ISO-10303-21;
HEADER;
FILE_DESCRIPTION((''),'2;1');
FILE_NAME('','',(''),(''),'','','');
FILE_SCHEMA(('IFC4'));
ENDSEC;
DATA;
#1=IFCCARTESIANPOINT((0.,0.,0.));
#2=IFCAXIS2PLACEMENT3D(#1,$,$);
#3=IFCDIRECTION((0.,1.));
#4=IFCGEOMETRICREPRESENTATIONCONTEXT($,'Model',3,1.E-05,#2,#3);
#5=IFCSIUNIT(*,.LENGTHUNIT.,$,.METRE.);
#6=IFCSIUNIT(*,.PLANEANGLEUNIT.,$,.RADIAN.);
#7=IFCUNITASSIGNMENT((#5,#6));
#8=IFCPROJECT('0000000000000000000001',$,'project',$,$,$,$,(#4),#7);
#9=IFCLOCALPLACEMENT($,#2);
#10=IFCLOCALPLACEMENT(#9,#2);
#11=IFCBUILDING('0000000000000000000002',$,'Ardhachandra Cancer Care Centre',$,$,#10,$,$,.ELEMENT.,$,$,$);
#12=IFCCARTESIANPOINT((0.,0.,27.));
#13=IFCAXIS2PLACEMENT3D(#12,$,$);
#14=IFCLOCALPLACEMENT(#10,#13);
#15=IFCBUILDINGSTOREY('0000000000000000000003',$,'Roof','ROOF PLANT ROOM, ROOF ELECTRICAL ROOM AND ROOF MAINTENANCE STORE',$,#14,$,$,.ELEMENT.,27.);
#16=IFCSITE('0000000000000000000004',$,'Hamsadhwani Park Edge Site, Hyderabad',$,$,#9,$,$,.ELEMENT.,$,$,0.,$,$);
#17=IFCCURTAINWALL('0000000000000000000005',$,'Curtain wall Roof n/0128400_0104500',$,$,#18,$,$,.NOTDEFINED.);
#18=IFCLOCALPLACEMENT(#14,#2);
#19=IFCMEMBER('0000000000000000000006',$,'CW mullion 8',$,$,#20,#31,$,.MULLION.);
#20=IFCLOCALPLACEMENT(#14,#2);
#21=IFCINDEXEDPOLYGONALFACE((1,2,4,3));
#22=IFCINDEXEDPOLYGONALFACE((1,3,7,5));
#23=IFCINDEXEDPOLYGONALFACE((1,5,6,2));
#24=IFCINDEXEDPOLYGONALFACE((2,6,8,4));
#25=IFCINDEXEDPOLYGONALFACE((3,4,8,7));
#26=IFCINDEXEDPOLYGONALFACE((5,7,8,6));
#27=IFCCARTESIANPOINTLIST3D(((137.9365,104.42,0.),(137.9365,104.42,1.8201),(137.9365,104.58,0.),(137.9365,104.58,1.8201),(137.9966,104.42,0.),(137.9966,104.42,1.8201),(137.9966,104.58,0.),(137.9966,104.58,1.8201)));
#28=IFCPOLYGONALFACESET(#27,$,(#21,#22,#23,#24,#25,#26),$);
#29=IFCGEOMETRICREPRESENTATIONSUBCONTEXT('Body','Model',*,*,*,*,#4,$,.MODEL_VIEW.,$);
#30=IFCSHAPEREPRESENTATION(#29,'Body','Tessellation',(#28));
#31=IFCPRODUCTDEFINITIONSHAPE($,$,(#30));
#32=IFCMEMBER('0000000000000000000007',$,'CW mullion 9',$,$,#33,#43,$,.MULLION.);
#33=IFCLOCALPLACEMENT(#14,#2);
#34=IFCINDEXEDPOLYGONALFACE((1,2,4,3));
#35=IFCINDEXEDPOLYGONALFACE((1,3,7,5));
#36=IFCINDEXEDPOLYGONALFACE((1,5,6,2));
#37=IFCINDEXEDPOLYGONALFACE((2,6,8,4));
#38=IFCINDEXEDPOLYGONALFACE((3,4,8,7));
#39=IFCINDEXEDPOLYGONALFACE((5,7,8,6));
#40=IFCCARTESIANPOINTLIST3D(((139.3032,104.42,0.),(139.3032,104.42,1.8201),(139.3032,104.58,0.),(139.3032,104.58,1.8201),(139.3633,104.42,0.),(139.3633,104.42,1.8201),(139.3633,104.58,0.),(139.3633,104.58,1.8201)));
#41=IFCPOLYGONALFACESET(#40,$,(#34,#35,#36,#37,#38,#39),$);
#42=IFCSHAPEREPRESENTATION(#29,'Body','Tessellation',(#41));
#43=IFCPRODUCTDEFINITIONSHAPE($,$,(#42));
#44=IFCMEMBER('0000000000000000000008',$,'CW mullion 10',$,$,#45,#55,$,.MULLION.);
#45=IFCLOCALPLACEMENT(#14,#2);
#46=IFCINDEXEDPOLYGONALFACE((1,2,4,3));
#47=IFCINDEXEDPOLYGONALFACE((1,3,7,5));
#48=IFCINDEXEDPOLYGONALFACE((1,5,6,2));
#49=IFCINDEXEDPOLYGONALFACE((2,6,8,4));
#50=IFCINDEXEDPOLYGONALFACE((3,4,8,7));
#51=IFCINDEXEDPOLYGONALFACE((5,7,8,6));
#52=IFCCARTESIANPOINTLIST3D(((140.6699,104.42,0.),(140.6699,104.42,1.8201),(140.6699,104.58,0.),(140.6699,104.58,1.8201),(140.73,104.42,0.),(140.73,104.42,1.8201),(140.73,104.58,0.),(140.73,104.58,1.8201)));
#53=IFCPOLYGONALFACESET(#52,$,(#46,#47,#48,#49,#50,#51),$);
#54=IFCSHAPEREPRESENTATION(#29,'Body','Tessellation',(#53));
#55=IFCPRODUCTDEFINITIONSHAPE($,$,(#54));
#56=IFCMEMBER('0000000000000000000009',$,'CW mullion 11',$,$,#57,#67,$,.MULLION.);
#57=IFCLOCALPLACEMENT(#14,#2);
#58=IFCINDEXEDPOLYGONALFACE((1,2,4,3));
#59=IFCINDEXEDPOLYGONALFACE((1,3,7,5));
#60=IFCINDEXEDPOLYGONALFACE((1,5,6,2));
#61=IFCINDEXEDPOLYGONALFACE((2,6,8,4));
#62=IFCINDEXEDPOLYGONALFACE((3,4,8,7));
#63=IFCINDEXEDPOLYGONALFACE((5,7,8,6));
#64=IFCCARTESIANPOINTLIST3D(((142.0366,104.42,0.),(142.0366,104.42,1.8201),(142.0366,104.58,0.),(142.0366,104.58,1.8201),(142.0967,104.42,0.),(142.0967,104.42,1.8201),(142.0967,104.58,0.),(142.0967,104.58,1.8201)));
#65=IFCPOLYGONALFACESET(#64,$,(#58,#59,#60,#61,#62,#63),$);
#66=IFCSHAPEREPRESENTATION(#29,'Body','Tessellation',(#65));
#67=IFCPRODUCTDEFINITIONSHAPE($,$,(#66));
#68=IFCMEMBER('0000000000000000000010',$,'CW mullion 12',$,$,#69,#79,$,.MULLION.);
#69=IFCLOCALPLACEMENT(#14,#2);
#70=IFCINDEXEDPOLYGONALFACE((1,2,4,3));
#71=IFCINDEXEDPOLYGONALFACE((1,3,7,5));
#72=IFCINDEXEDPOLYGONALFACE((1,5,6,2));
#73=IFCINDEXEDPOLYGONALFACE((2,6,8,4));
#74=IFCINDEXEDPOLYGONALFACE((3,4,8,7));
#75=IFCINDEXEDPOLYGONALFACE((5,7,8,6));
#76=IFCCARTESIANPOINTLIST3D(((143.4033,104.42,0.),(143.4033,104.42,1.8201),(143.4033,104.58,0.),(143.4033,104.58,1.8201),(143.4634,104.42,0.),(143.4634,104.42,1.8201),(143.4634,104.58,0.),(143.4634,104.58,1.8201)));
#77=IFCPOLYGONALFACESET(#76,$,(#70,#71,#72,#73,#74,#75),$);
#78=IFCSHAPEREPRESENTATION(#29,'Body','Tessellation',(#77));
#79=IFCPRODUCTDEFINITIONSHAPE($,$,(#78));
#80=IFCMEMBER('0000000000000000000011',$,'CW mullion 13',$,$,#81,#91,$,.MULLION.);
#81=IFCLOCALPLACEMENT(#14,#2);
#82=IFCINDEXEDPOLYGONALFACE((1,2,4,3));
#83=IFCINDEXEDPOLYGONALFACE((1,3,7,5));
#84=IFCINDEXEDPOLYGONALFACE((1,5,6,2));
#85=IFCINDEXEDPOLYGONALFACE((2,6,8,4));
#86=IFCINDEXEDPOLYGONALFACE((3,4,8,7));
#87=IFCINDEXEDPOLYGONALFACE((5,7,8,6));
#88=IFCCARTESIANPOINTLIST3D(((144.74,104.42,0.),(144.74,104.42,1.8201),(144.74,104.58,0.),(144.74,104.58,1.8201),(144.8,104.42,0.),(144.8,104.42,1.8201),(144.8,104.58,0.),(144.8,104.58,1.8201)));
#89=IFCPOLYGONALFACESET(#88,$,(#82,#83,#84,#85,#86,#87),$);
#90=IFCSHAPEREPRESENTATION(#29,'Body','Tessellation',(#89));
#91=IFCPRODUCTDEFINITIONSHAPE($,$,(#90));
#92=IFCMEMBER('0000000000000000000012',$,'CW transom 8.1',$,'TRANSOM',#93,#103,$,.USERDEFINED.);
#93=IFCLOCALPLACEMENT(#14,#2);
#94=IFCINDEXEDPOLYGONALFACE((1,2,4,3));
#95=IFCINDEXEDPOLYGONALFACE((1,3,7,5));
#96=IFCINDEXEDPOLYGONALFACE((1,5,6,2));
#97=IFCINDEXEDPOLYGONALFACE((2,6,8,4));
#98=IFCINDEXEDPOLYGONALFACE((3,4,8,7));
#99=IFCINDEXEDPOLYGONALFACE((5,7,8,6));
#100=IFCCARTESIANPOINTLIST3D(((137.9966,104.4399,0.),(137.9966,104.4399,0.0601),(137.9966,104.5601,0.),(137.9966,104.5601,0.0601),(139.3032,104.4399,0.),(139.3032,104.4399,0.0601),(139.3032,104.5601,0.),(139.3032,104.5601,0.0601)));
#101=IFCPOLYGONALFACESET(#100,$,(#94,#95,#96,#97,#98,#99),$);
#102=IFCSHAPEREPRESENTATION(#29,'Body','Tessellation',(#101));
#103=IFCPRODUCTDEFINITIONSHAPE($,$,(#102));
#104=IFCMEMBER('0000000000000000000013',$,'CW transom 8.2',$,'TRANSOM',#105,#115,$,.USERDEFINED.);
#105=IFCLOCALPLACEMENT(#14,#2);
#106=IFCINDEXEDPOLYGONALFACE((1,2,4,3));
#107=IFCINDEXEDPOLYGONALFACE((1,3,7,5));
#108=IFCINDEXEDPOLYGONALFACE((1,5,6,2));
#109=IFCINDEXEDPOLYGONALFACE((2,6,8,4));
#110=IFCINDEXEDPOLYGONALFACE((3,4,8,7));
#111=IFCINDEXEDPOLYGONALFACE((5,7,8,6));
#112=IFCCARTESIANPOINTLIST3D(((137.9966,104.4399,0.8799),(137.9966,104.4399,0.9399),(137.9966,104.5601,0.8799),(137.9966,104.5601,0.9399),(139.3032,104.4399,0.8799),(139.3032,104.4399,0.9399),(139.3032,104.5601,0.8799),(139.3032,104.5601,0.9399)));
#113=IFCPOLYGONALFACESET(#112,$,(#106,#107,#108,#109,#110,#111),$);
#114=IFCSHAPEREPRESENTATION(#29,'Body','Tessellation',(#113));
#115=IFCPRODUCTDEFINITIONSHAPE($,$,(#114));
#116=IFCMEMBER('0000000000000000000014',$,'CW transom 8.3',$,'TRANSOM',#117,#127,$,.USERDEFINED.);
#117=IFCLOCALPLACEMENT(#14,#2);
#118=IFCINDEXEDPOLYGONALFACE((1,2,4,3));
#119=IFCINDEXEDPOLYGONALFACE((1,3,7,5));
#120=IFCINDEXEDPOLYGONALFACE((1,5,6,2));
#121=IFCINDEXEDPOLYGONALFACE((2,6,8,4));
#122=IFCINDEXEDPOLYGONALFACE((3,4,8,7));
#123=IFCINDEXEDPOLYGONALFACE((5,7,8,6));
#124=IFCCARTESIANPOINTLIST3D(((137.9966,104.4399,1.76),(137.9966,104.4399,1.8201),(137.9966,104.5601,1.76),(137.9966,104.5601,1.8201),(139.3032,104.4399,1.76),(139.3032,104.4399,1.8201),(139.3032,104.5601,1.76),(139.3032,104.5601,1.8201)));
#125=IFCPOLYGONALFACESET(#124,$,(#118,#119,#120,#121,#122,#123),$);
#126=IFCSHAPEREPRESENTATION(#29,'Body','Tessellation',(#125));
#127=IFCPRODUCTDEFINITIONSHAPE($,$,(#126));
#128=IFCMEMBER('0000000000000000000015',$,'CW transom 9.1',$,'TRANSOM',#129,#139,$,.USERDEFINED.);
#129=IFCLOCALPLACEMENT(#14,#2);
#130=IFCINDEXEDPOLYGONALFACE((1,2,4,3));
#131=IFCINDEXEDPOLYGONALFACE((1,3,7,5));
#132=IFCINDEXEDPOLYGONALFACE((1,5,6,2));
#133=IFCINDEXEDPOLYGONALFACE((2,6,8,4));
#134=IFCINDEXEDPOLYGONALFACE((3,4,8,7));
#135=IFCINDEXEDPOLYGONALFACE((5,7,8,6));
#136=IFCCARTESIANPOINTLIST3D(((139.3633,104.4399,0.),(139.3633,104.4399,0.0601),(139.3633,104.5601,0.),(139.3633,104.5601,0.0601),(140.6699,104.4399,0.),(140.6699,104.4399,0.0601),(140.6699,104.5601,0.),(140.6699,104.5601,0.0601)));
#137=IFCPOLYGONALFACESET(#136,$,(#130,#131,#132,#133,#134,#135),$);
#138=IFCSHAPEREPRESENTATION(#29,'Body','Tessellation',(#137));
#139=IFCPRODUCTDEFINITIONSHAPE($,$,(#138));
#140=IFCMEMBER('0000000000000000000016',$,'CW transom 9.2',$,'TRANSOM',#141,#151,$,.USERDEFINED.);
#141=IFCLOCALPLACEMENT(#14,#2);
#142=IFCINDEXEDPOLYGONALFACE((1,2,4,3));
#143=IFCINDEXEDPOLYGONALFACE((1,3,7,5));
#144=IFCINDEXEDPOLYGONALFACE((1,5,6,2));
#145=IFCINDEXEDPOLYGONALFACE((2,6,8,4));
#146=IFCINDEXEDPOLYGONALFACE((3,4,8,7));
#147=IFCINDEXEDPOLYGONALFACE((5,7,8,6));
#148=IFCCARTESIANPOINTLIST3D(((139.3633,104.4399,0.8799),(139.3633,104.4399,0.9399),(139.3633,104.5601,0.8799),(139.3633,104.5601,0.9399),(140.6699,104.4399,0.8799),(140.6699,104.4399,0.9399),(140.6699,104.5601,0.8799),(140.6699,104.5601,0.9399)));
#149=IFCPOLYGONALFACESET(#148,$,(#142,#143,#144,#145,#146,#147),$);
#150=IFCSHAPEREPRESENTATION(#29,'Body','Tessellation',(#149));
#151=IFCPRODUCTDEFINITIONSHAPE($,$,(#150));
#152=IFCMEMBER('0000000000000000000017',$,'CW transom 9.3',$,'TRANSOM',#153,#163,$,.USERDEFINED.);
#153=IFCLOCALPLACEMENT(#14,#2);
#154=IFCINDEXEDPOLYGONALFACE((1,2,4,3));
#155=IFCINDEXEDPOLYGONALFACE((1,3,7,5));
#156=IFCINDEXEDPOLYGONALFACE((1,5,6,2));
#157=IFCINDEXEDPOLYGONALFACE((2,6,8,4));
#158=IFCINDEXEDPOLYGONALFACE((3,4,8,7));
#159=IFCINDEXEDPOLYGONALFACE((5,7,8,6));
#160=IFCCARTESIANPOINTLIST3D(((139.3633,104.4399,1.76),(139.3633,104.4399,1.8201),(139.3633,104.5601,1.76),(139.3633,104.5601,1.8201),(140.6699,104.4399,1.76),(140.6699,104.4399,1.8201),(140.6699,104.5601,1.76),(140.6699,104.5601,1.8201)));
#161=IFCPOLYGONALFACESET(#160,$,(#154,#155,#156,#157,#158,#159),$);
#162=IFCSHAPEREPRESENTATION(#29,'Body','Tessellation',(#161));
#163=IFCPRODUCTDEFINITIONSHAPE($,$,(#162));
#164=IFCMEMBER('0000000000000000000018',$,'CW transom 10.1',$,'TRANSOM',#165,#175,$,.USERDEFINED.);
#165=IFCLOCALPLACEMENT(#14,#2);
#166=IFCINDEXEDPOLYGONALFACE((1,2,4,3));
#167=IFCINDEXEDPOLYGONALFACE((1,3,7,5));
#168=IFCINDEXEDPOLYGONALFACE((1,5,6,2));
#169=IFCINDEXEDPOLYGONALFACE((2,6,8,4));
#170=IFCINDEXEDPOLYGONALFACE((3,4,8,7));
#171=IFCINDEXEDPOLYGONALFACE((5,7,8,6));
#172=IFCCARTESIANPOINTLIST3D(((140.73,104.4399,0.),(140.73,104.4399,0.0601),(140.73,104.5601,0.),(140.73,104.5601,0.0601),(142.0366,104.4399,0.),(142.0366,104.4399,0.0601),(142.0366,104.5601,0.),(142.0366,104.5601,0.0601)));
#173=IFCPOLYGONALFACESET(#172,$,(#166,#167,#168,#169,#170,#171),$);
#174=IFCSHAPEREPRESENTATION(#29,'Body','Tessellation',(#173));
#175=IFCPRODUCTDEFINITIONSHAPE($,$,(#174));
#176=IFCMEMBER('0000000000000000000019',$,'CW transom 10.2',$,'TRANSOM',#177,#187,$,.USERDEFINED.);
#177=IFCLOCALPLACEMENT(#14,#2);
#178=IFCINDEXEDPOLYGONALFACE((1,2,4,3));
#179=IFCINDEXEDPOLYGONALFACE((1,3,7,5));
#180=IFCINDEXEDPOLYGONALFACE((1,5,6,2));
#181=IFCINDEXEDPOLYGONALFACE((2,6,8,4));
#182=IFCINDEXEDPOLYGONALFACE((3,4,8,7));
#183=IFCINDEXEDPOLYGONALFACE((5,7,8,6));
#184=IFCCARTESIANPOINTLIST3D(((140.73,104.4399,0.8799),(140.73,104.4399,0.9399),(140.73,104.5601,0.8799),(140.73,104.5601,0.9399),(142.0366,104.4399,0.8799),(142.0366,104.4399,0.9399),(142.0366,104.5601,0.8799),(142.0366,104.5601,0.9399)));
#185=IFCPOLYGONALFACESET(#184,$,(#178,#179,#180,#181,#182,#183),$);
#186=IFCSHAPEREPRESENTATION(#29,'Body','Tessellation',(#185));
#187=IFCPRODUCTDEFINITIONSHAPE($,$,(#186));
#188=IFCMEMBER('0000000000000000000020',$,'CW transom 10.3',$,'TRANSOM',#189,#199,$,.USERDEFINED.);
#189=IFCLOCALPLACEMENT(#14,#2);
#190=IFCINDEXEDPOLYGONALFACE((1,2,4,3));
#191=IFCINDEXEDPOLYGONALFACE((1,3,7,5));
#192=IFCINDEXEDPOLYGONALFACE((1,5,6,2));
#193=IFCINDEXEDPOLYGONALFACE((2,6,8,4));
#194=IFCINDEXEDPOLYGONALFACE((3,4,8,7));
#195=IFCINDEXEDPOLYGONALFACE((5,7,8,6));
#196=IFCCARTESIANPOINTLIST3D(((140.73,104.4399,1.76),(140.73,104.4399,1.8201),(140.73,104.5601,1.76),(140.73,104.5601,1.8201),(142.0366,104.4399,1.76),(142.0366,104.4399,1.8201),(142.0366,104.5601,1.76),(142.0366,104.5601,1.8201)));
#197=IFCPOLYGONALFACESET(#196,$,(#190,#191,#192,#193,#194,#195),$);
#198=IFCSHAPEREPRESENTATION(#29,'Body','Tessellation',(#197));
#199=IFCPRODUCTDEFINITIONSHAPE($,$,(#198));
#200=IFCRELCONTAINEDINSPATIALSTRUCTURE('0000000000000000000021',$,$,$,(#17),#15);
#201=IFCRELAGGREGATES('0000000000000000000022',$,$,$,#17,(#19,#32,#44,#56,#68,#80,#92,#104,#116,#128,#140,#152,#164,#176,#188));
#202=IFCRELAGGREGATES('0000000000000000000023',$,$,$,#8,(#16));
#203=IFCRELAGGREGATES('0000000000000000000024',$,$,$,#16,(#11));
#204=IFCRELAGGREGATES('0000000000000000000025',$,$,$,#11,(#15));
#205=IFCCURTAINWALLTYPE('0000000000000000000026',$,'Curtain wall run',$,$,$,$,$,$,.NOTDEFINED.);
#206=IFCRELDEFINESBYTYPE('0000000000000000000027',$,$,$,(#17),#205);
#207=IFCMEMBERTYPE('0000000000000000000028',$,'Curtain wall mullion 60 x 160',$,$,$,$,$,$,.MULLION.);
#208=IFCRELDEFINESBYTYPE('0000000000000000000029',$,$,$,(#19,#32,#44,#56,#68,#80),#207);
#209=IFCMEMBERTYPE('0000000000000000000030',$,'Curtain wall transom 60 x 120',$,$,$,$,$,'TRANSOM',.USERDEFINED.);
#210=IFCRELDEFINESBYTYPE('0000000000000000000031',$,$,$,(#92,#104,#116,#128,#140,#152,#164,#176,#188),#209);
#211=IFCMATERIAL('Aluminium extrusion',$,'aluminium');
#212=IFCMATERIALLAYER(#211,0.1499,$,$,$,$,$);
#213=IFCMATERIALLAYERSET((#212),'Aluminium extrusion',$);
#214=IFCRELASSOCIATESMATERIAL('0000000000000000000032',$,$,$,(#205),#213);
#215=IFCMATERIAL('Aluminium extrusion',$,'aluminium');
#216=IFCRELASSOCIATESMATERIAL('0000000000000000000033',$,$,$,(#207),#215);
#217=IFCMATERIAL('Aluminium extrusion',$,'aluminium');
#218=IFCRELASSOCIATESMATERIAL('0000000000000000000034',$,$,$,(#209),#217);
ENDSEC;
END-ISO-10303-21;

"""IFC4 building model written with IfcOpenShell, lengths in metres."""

from ifc_helpers import new_model, si_unit, direction, frame, origin, origin_2d, place, context, subcontext, project, spatial, rectangle, extrude, material, layer, layer_set, material_profile, profile_set, type_object, element, aggregate, save


model = new_model("IFC4")

# Units and contexts
model_context = context("Model", 3, precision=1e-05, world=origin(), true_north=direction((0.0, 1.0)))
body_context = subcontext(model_context, "Body", "Model", "MODEL_VIEW")
ifc_project = project(units=[si_unit("LENGTHUNIT", "METRE"), si_unit("PLANEANGLEUNIT", "RADIAN")], contexts=[model_context])

# Site, building, storey
site_placement = place(None, origin())
site = spatial("IfcSite", under=ifc_project, at=site_placement, Name="Hamsadhwani Park Edge Site, Hyderabad", CompositionType="ELEMENT", RefElevation=0.0)
building_placement = place(site_placement, origin())
building = spatial("IfcBuilding", under=site, at=building_placement, Name="Ardhachandra Cancer Care Centre", CompositionType="ELEMENT")
storey_placement = place(building_placement, frame((0.0, 0.0, 27.0)))
storey = spatial("IfcBuildingStorey", under=building, at=storey_placement, Name="Roof", Description="ROOF PLANT ROOM, ROOF ELECTRICAL ROOM AND ROOF MAINTENANCE STORE", CompositionType="ELEMENT", Elevation=27.0)

# Curtain wall, members
ifc_material_1 = material(Name="Aluminium extrusion", Category="aluminium")
ifc_layer_1 = layer(ifc_material_1, 0.1499)
ifc_layer_set_1 = layer_set([ifc_layer_1], Name="Aluminium extrusion")
curtain_wall_type = type_object("IfcCurtainWallType", Name="Curtain wall run", PredefinedType="NOTDEFINED", material=ifc_layer_set_1)
curtain_wall_placement = place(storey_placement, origin())
curtain_wall = element("IfcCurtainWall", 1, at=curtain_wall_placement, inside=storey, type_object=curtain_wall_type, Name="Curtain wall Roof n/0128400_0104500", PredefinedType="NOTDEFINED")
ifc_material_2 = material(Name="Aluminium extrusion", Category="aluminium")
ifc_material_profile_1 = material_profile(ifc_material_2, rectangle(XDim=0.1599, YDim=0.0601, at=origin_2d()), Name="Curtain wall mullion 60 x 160")
ifc_profile_set_1 = profile_set([ifc_material_profile_1], Name="Aluminium extrusion")
member_type_1 = type_object("IfcMemberType", Name="Curtain wall mullion 60 x 160", PredefinedType="MULLION", material=ifc_profile_set_1)
member_1_placement = place(storey_placement, frame((137.9666, 104.5, 0.0), z_axis=(0.0, 0.0, 1.0), x_axis=(0.0, 1.0, 0.0)))
member_1 = element("IfcMember", 2, at=member_1_placement, type_object=member_type_1, Name="CW mullion 8", PredefinedType="MULLION", context=body_context, shape_type="SweptSolid", body=[
    extrude(rectangle(XDim=0.1599, YDim=0.0601, at=origin_2d()), origin(), (0.0, 0.0, 1.0), 1.8201),
])
member_2_placement = place(storey_placement, frame((139.3333, 104.5, 0.0), z_axis=(0.0, 0.0, 1.0), x_axis=(0.0, 1.0, 0.0)))
member_2 = element("IfcMember", 3, at=member_2_placement, type_object=member_type_1, Name="CW mullion 9", PredefinedType="MULLION", context=body_context, shape_type="SweptSolid", body=[
    extrude(rectangle(XDim=0.1599, YDim=0.0601, at=origin_2d()), origin(), (0.0, 0.0, 1.0), 1.8201),
])
member_3_placement = place(storey_placement, frame((140.7, 104.5, 0.0), z_axis=(0.0, 0.0, 1.0), x_axis=(0.0, 1.0, 0.0)))
member_3 = element("IfcMember", 4, at=member_3_placement, type_object=member_type_1, Name="CW mullion 10", PredefinedType="MULLION", context=body_context, shape_type="SweptSolid", body=[
    extrude(rectangle(XDim=0.1599, YDim=0.0601, at=origin_2d()), origin(), (0.0, 0.0, 1.0), 1.8201),
])
member_4_placement = place(storey_placement, frame((142.0667, 104.5, 0.0), z_axis=(0.0, 0.0, 1.0), x_axis=(0.0, 1.0, 0.0)))
member_4 = element("IfcMember", 5, at=member_4_placement, type_object=member_type_1, Name="CW mullion 11", PredefinedType="MULLION", context=body_context, shape_type="SweptSolid", body=[
    extrude(rectangle(XDim=0.1599, YDim=0.0601, at=origin_2d()), origin(), (0.0, 0.0, 1.0), 1.8201),
])
member_5_placement = place(storey_placement, frame((143.4333, 104.5, 0.0), z_axis=(0.0, 0.0, 1.0), x_axis=(0.0, 1.0, 0.0)))
member_5 = element("IfcMember", 6, at=member_5_placement, type_object=member_type_1, Name="CW mullion 12", PredefinedType="MULLION", context=body_context, shape_type="SweptSolid", body=[
    extrude(rectangle(XDim=0.1599, YDim=0.0601, at=origin_2d()), origin(), (0.0, 0.0, 1.0), 1.8201),
])
member_6_placement = place(storey_placement, frame((144.77, 104.5, 0.0), z_axis=(0.0, 0.0, 1.0), x_axis=(0.0, 1.0, 0.0)))
member_6 = element("IfcMember", 7, at=member_6_placement, type_object=member_type_1, Name="CW mullion 13", PredefinedType="MULLION", context=body_context, shape_type="SweptSolid", body=[
    extrude(rectangle(XDim=0.1599, YDim=0.0601, at=origin_2d()), origin(), (0.0, 0.0, 1.0), 1.8201),
])
ifc_material_3 = material(Name="Aluminium extrusion", Category="aluminium")
ifc_material_profile_2 = material_profile(ifc_material_3, rectangle(XDim=0.1201, YDim=0.0601, at=origin_2d()), Name="Curtain wall transom 60 x 120")
ifc_profile_set_2 = profile_set([ifc_material_profile_2], Name="Aluminium extrusion")
member_type_2 = type_object("IfcMemberType", Name="Curtain wall transom 60 x 120", ElementType="TRANSOM", PredefinedType="USERDEFINED", material=ifc_profile_set_2)
member_7_placement = place(storey_placement, frame((137.9966, 104.5, 0.03), z_axis=(1.0, 0.0, 0.0), x_axis=(0.0, 1.0, 0.0)))
member_7 = element("IfcMember", 8, at=member_7_placement, type_object=member_type_2, Name="CW transom 8.1", ObjectType="TRANSOM", PredefinedType="USERDEFINED", context=body_context, shape_type="SweptSolid", body=[
    extrude(rectangle(XDim=0.1201, YDim=0.0601, at=origin_2d()), origin(), (0.0, 0.0, 1.0), 1.3066),
])
member_8_placement = place(storey_placement, frame((137.9966, 104.5, 0.9099), z_axis=(1.0, 0.0, 0.0), x_axis=(0.0, 1.0, 0.0)))
member_8 = element("IfcMember", 9, at=member_8_placement, type_object=member_type_2, Name="CW transom 8.2", ObjectType="TRANSOM", PredefinedType="USERDEFINED", context=body_context, shape_type="SweptSolid", body=[
    extrude(rectangle(XDim=0.1201, YDim=0.0601, at=origin_2d()), origin(), (0.0, 0.0, 1.0), 1.3066),
])
member_9_placement = place(storey_placement, frame((137.9966, 104.5, 1.79), z_axis=(1.0, 0.0, 0.0), x_axis=(0.0, 1.0, 0.0)))
member_9 = element("IfcMember", 10, at=member_9_placement, type_object=member_type_2, Name="CW transom 8.3", ObjectType="TRANSOM", PredefinedType="USERDEFINED", context=body_context, shape_type="SweptSolid", body=[
    extrude(rectangle(XDim=0.1201, YDim=0.0601, at=origin_2d()), origin(), (0.0, 0.0, 1.0), 1.3066),
])
member_10_placement = place(storey_placement, frame((139.3633, 104.5, 0.03), z_axis=(1.0, 0.0, 0.0), x_axis=(0.0, 1.0, 0.0)))
member_10 = element("IfcMember", 11, at=member_10_placement, type_object=member_type_2, Name="CW transom 9.1", ObjectType="TRANSOM", PredefinedType="USERDEFINED", context=body_context, shape_type="SweptSolid", body=[
    extrude(rectangle(XDim=0.1201, YDim=0.0601, at=origin_2d()), origin(), (0.0, 0.0, 1.0), 1.3066),
])
member_11_placement = place(storey_placement, frame((139.3633, 104.5, 0.9099), z_axis=(1.0, 0.0, 0.0), x_axis=(0.0, 1.0, 0.0)))
member_11 = element("IfcMember", 12, at=member_11_placement, type_object=member_type_2, Name="CW transom 9.2", ObjectType="TRANSOM", PredefinedType="USERDEFINED", context=body_context, shape_type="SweptSolid", body=[
    extrude(rectangle(XDim=0.1201, YDim=0.0601, at=origin_2d()), origin(), (0.0, 0.0, 1.0), 1.3066),
])
member_12_placement = place(storey_placement, frame((139.3633, 104.5, 1.79), z_axis=(1.0, 0.0, 0.0), x_axis=(0.0, 1.0, 0.0)))
member_12 = element("IfcMember", 13, at=member_12_placement, type_object=member_type_2, Name="CW transom 9.3", ObjectType="TRANSOM", PredefinedType="USERDEFINED", context=body_context, shape_type="SweptSolid", body=[
    extrude(rectangle(XDim=0.1201, YDim=0.0601, at=origin_2d()), origin(), (0.0, 0.0, 1.0), 1.3066),
])
member_13_placement = place(storey_placement, frame((140.73, 104.5, 0.03), z_axis=(1.0, 0.0, 0.0), x_axis=(0.0, 1.0, 0.0)))
member_13 = element("IfcMember", 14, at=member_13_placement, type_object=member_type_2, Name="CW transom 10.1", ObjectType="TRANSOM", PredefinedType="USERDEFINED", context=body_context, shape_type="SweptSolid", body=[
    extrude(rectangle(XDim=0.1201, YDim=0.0601, at=origin_2d()), origin(), (0.0, 0.0, 1.0), 1.3066),
])
member_14_placement = place(storey_placement, frame((140.73, 104.5, 0.9099), z_axis=(1.0, 0.0, 0.0), x_axis=(0.0, 1.0, 0.0)))
member_14 = element("IfcMember", 15, at=member_14_placement, type_object=member_type_2, Name="CW transom 10.2", ObjectType="TRANSOM", PredefinedType="USERDEFINED", context=body_context, shape_type="SweptSolid", body=[
    extrude(rectangle(XDim=0.1201, YDim=0.0601, at=origin_2d()), origin(), (0.0, 0.0, 1.0), 1.3066),
])
member_15_placement = place(storey_placement, frame((140.73, 104.5, 1.79), z_axis=(1.0, 0.0, 0.0), x_axis=(0.0, 1.0, 0.0)))
member_15 = element("IfcMember", 16, at=member_15_placement, type_object=member_type_2, Name="CW transom 10.3", ObjectType="TRANSOM", PredefinedType="USERDEFINED", context=body_context, shape_type="SweptSolid", body=[
    extrude(rectangle(XDim=0.1201, YDim=0.0601, at=origin_2d()), origin(), (0.0, 0.0, 1.0), 1.3066),
])

aggregate(curtain_wall, [member_1, member_2, member_3, member_4, member_5, member_6, member_7, member_8, member_9, member_10, member_11, member_12, member_13, member_14, member_15])

save(model, "model.ifc")
